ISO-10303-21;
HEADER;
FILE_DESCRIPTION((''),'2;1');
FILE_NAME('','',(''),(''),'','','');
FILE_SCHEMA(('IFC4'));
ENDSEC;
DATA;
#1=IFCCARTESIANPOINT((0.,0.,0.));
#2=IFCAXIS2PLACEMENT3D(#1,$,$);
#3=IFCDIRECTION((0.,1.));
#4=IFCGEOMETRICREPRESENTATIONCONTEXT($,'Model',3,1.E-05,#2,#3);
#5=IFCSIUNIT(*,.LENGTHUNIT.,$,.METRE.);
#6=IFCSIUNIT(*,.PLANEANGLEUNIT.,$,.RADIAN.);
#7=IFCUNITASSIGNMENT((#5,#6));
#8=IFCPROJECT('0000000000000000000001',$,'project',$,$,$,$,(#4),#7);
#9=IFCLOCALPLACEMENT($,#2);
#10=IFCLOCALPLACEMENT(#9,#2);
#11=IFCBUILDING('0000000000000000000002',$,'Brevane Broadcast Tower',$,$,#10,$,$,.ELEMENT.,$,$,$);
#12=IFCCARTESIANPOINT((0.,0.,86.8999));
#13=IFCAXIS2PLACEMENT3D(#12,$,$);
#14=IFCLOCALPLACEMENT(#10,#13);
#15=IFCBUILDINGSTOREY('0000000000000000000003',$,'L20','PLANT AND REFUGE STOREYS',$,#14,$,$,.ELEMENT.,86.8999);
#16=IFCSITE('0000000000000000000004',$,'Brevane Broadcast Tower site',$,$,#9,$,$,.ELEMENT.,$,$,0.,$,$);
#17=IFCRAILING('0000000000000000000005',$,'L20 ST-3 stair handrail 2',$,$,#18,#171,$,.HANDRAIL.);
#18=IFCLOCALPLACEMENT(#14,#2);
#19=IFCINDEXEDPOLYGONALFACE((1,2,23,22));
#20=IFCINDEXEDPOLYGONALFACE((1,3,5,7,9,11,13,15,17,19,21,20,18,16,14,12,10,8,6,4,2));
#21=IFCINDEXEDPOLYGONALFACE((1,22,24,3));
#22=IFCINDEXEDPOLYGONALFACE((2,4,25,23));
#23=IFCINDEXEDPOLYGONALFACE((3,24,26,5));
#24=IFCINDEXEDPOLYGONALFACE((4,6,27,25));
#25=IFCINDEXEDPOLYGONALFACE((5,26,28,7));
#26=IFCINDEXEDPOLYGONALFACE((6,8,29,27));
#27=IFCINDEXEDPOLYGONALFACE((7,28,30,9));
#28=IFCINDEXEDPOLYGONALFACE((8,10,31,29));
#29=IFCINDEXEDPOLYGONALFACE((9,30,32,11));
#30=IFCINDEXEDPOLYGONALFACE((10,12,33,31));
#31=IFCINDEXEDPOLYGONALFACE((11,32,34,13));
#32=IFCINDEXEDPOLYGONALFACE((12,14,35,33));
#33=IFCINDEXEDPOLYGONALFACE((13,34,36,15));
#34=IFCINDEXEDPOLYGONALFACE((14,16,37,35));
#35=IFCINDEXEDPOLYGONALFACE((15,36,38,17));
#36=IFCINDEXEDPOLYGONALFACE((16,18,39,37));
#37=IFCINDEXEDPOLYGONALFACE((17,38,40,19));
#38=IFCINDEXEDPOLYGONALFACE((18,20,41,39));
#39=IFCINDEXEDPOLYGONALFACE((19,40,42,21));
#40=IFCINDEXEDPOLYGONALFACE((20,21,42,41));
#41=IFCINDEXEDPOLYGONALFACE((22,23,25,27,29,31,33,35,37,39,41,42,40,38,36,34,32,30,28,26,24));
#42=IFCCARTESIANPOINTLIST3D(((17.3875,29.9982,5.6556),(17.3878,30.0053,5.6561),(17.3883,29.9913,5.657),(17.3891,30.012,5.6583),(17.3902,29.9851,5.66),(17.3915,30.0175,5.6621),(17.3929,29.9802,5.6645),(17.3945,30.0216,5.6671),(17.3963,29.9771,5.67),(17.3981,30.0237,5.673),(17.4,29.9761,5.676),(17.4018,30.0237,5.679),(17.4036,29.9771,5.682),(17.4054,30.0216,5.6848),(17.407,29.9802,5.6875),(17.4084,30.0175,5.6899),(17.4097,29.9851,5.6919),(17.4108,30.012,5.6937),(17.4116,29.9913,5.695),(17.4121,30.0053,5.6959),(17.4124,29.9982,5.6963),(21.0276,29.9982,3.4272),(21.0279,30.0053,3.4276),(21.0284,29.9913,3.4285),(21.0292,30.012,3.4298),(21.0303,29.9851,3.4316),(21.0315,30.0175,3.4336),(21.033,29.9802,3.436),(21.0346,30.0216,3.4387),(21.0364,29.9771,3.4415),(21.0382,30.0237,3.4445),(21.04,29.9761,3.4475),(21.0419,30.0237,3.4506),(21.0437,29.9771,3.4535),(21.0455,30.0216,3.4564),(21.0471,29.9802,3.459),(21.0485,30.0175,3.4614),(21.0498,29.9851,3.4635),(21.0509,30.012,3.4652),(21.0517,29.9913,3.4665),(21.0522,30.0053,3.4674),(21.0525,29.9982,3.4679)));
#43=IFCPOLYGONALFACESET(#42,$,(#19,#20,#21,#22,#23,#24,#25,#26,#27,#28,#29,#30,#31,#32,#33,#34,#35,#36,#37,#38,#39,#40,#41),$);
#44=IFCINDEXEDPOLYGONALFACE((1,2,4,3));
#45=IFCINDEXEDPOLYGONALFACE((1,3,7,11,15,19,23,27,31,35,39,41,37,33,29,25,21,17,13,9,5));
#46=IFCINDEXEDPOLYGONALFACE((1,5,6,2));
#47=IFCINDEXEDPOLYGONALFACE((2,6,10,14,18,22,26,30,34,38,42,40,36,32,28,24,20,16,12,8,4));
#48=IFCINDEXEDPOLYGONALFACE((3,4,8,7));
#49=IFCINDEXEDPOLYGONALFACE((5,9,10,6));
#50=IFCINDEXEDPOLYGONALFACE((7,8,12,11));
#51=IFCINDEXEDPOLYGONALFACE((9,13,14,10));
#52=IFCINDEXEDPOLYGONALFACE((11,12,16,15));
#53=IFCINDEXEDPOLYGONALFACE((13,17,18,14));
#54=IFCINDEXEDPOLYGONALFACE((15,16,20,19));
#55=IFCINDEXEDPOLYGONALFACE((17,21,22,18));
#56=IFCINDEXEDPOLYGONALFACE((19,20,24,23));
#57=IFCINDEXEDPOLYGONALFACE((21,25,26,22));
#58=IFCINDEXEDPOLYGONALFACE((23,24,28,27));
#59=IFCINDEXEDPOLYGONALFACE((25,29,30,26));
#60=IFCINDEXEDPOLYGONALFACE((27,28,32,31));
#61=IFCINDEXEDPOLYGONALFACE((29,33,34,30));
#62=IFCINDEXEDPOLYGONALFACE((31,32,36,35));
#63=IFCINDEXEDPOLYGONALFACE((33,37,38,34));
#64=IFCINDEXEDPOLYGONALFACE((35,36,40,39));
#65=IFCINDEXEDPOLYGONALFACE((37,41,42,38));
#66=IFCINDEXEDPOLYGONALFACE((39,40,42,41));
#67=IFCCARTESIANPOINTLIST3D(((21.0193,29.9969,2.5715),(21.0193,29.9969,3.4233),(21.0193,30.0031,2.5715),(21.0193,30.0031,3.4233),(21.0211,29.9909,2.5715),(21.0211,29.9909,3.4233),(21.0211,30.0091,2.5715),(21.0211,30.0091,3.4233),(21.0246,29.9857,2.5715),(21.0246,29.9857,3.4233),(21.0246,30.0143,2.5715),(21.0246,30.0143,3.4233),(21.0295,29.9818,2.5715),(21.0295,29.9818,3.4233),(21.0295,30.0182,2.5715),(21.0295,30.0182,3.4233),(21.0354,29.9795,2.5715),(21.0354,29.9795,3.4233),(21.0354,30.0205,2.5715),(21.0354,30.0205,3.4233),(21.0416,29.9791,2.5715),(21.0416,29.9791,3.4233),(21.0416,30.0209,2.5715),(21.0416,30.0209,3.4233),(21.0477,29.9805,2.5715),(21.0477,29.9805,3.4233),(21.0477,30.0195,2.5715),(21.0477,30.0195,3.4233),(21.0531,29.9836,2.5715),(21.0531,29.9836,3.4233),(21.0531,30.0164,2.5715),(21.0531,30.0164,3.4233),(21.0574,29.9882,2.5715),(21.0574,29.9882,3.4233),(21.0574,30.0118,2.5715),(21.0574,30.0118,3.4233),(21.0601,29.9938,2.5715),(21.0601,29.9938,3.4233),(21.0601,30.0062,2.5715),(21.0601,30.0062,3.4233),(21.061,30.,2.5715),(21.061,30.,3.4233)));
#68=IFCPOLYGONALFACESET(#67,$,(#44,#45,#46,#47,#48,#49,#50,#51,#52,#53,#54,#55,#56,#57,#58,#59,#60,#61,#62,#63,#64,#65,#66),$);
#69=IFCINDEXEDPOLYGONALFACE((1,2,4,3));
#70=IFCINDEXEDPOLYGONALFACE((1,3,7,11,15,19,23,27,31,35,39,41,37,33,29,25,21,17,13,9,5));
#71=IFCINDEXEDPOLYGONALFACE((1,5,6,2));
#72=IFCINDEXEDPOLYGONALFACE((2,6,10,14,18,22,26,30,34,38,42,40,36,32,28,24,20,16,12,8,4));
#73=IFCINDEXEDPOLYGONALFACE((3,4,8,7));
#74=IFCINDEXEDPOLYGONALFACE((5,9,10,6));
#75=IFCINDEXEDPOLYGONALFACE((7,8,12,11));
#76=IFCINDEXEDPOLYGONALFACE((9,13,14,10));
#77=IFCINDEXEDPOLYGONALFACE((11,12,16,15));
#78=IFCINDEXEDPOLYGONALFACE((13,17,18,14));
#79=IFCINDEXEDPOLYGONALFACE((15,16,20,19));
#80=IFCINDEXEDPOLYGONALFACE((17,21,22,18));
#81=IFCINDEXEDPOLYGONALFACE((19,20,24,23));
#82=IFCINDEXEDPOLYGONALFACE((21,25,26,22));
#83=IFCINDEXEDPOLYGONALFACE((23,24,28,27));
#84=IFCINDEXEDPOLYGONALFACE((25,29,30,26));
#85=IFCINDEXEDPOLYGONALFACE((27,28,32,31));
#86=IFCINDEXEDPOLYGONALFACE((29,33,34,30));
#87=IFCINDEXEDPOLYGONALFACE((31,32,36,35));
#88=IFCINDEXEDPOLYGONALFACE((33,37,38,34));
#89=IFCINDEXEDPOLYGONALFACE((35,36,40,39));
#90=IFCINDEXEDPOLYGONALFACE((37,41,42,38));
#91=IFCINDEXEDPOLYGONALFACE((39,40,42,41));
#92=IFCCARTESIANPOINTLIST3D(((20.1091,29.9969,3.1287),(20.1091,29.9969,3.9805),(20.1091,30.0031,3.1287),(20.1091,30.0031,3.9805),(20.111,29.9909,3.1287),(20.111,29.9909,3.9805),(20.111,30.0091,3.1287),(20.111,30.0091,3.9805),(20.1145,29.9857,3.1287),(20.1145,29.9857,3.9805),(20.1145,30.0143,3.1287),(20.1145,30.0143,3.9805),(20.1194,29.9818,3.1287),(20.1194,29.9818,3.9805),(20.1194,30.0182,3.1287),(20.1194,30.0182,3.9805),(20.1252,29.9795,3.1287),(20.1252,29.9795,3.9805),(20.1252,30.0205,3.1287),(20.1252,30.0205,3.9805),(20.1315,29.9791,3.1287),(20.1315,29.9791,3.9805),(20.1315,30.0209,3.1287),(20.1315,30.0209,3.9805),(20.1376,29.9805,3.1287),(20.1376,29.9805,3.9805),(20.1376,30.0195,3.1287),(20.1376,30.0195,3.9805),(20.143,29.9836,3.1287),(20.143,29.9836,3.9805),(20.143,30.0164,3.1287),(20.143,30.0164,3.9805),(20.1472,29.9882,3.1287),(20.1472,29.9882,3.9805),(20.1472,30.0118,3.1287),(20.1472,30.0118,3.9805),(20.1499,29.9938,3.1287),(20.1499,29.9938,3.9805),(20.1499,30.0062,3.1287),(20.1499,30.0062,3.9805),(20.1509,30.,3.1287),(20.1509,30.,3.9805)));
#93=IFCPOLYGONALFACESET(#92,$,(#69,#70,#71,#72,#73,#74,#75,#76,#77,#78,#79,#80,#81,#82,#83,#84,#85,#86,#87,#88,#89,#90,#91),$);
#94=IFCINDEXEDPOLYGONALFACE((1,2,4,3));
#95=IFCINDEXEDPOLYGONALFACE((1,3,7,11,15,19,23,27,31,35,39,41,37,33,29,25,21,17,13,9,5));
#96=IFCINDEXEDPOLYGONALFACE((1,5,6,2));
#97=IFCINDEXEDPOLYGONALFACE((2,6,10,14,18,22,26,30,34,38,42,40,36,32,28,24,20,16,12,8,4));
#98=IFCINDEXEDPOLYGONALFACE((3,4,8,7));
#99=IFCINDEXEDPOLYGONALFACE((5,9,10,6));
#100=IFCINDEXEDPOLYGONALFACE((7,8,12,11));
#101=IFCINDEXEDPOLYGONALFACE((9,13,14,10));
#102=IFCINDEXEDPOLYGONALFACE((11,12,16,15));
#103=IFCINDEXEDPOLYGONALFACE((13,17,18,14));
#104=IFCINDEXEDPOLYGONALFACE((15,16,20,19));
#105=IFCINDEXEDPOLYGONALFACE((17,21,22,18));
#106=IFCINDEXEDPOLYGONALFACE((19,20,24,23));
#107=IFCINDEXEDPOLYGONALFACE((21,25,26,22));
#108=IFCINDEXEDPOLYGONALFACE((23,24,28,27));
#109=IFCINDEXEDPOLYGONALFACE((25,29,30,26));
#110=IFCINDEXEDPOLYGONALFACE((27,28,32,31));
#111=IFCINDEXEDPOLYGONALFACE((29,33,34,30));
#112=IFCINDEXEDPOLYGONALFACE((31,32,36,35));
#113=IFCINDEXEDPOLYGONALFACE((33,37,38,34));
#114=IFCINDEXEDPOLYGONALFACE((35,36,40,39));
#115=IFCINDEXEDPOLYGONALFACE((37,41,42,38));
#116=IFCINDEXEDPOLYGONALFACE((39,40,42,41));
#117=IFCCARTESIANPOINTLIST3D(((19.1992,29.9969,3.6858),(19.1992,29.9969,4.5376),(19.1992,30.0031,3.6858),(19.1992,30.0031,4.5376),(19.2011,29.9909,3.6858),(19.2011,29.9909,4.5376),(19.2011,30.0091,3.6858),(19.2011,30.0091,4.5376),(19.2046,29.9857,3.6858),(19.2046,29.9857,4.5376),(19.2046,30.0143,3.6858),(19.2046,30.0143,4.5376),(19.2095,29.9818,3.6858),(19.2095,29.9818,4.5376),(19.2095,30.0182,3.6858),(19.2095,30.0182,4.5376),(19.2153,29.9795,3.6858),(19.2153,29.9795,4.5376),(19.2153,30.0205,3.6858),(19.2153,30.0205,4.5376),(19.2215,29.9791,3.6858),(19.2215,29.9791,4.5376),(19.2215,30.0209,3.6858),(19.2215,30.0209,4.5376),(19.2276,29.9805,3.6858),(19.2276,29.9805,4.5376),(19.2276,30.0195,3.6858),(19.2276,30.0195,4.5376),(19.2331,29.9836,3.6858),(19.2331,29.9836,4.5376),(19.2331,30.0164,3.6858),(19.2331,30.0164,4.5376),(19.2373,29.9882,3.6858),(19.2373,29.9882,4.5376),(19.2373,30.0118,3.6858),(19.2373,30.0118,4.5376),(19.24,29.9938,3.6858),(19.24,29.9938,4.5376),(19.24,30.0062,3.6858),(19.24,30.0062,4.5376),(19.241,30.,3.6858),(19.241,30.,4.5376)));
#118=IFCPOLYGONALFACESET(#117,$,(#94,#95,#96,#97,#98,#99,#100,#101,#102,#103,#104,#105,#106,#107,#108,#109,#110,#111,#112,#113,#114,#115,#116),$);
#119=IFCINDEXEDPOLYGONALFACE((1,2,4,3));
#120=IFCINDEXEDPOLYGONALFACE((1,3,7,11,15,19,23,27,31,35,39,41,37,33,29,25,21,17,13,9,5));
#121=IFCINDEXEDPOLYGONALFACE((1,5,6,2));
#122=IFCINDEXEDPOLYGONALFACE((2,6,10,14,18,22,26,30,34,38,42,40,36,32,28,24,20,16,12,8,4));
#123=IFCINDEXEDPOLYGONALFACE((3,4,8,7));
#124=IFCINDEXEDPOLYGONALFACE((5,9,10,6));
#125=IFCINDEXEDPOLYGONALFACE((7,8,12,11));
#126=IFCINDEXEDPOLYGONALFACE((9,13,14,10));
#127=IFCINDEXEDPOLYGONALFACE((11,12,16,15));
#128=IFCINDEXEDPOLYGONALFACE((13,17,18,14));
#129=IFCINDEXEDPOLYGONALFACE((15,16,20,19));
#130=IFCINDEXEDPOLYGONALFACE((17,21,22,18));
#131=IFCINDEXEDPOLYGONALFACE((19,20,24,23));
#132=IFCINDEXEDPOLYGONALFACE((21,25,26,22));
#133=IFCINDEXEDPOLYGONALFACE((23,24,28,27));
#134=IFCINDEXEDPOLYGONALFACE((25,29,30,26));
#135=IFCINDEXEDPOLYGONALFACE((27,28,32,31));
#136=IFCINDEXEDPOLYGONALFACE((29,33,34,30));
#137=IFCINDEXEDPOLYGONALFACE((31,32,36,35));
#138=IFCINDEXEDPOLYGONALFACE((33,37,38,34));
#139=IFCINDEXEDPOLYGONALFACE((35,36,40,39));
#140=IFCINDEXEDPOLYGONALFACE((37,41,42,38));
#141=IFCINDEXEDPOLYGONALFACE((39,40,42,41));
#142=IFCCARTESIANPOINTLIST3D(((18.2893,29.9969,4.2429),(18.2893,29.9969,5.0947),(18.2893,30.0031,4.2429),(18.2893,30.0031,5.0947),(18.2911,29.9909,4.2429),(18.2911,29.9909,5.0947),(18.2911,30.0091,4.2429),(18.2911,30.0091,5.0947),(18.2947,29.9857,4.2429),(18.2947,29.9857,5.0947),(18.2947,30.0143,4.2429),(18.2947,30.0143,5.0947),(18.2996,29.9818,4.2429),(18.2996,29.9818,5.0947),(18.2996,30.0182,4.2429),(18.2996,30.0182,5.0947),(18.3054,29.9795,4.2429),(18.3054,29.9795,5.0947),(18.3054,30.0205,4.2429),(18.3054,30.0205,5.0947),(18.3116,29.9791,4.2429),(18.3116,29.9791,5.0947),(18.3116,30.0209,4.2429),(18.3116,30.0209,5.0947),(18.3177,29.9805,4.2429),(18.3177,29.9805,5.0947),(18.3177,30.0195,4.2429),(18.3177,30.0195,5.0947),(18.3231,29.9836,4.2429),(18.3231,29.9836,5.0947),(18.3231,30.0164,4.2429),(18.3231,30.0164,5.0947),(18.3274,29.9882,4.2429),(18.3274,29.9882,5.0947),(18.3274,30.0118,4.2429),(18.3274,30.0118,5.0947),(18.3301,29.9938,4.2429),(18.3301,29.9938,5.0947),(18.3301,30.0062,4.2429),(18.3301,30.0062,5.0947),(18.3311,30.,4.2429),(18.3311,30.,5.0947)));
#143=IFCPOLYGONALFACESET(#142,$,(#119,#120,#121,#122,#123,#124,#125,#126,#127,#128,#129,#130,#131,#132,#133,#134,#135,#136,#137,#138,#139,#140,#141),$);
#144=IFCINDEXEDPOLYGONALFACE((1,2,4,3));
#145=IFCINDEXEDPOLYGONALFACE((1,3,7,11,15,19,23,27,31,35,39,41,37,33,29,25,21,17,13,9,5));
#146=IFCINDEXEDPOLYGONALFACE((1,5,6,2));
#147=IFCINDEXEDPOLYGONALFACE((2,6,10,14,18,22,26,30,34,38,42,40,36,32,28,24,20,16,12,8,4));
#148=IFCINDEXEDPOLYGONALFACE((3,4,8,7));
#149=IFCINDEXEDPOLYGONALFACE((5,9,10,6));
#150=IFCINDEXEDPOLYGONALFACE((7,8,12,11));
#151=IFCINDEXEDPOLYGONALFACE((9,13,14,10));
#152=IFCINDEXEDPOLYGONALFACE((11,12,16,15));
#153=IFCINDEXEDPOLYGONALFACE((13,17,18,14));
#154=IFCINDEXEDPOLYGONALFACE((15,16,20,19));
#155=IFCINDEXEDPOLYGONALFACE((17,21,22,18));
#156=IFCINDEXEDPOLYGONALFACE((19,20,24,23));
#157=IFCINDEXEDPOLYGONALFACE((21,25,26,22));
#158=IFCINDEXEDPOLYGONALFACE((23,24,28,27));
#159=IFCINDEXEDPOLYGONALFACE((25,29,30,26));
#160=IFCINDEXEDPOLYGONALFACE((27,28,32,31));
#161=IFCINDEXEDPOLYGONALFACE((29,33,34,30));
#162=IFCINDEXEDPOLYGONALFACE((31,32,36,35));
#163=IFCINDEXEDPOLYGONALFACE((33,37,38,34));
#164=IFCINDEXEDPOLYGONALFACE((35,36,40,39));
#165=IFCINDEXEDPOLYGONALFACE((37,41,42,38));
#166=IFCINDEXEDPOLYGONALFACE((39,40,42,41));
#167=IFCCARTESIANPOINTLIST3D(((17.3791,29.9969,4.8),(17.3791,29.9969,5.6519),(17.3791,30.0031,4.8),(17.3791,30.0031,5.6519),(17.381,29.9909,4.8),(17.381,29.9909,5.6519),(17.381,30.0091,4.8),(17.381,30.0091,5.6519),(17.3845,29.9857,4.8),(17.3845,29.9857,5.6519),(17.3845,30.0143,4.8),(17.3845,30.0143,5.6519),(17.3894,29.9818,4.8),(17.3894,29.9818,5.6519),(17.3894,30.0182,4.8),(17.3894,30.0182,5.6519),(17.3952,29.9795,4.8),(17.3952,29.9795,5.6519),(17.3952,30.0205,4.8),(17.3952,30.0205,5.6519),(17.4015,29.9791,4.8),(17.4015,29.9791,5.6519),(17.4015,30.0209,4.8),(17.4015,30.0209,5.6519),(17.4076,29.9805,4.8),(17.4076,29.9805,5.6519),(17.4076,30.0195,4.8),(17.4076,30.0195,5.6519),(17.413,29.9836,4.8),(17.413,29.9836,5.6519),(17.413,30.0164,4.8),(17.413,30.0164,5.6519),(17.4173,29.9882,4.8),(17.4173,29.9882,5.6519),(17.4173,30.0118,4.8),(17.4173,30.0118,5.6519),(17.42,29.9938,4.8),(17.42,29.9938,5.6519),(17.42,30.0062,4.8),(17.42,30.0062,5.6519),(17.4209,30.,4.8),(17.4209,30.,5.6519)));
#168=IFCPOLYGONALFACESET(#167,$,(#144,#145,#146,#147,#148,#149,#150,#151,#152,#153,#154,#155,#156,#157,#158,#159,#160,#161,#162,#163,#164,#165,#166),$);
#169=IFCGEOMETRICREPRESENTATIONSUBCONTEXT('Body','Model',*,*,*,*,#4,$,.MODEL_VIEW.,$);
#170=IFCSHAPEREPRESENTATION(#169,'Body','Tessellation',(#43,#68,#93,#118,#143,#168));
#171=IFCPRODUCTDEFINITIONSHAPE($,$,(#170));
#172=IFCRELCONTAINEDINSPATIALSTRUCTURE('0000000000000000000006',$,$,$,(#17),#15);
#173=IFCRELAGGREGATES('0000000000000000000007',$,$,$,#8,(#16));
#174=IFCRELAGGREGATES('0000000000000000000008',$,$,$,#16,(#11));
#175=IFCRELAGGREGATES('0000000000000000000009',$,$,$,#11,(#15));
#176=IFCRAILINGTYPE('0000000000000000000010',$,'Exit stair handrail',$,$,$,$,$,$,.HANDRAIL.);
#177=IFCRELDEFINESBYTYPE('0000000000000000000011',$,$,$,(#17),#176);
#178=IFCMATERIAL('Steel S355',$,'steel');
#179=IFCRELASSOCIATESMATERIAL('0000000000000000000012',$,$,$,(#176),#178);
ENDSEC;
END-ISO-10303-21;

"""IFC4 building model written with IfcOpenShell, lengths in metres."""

from ifc_helpers import new_model, si_unit, direction, frame, origin, origin_2d, place, context, subcontext, project, spatial, circle, extrude, material, type_object, element, save


model = new_model("IFC4")

# Units and contexts
model_context = context("Model", 3, precision=1e-05, world=origin(), true_north=direction((0.0, 1.0)))
body_context = subcontext(model_context, "Body", "Model", "MODEL_VIEW")
ifc_project = project(units=[si_unit("LENGTHUNIT", "METRE"), si_unit("PLANEANGLEUNIT", "RADIAN")], contexts=[model_context])

# Site, building, storey
site_placement = place(None, origin())
site = spatial("IfcSite", under=ifc_project, at=site_placement, Name="Brevane Broadcast Tower site", CompositionType="ELEMENT", RefElevation=0.0)
building_placement = place(site_placement, origin())
building = spatial("IfcBuilding", under=site, at=building_placement, Name="Brevane Broadcast Tower", CompositionType="ELEMENT")
storey_placement = place(building_placement, frame((0.0, 0.0, 86.8999)))
storey = spatial("IfcBuildingStorey", under=building, at=storey_placement, Name="L20", Description="PLANT AND REFUGE STOREYS", CompositionType="ELEMENT", Elevation=86.8999)

# Shared definitions
ifc_material_1 = material(Name="Steel S355", Category="steel")

# Railing
railing_type_1 = type_object("IfcRailingType", Name="Exit stair handrail", PredefinedType="HANDRAIL", material=ifc_material_1)
railing_1_placement = place(storey_placement, frame((21.04, 30.0, 2.5715)))
element("IfcRailing", 1, at=railing_1_placement, inside=storey, type_object=railing_type_1, Name="L20 ST-3 stair handrail 2", PredefinedType="HANDRAIL", context=body_context, shape_type="SweptSolid", body=[
    extrude(circle(Radius=0.0239, at=origin_2d()), frame((0.0, 0.0, 0.876), z_axis=(-0.852866, 0.0, 0.52213), x_axis=(0.0, -1.0, 0.0)), (0.0, 0.0, 1.0), 4.2681),
    extrude(circle(Radius=0.021, at=origin_2d()), origin(), (0.0, 0.0, 1.0), 0.8518),
    extrude(circle(Radius=0.021, at=origin_2d()), frame((-0.9102, 0.0, 0.5571)), (0.0, 0.0, 1.0), 0.8518),
    extrude(circle(Radius=0.021, at=origin_2d()), frame((-1.8201, 0.0, 1.1143)), (0.0, 0.0, 1.0), 0.8518),
    extrude(circle(Radius=0.021, at=origin_2d()), frame((-2.73, 0.0, 1.6714)), (0.0, 0.0, 1.0), 0.8518),
    extrude(circle(Radius=0.021, at=origin_2d()), frame((-3.6401, 0.0, 2.2285)), (0.0, 0.0, 1.0), 0.8518),
])

save(model, "model.ifc")
